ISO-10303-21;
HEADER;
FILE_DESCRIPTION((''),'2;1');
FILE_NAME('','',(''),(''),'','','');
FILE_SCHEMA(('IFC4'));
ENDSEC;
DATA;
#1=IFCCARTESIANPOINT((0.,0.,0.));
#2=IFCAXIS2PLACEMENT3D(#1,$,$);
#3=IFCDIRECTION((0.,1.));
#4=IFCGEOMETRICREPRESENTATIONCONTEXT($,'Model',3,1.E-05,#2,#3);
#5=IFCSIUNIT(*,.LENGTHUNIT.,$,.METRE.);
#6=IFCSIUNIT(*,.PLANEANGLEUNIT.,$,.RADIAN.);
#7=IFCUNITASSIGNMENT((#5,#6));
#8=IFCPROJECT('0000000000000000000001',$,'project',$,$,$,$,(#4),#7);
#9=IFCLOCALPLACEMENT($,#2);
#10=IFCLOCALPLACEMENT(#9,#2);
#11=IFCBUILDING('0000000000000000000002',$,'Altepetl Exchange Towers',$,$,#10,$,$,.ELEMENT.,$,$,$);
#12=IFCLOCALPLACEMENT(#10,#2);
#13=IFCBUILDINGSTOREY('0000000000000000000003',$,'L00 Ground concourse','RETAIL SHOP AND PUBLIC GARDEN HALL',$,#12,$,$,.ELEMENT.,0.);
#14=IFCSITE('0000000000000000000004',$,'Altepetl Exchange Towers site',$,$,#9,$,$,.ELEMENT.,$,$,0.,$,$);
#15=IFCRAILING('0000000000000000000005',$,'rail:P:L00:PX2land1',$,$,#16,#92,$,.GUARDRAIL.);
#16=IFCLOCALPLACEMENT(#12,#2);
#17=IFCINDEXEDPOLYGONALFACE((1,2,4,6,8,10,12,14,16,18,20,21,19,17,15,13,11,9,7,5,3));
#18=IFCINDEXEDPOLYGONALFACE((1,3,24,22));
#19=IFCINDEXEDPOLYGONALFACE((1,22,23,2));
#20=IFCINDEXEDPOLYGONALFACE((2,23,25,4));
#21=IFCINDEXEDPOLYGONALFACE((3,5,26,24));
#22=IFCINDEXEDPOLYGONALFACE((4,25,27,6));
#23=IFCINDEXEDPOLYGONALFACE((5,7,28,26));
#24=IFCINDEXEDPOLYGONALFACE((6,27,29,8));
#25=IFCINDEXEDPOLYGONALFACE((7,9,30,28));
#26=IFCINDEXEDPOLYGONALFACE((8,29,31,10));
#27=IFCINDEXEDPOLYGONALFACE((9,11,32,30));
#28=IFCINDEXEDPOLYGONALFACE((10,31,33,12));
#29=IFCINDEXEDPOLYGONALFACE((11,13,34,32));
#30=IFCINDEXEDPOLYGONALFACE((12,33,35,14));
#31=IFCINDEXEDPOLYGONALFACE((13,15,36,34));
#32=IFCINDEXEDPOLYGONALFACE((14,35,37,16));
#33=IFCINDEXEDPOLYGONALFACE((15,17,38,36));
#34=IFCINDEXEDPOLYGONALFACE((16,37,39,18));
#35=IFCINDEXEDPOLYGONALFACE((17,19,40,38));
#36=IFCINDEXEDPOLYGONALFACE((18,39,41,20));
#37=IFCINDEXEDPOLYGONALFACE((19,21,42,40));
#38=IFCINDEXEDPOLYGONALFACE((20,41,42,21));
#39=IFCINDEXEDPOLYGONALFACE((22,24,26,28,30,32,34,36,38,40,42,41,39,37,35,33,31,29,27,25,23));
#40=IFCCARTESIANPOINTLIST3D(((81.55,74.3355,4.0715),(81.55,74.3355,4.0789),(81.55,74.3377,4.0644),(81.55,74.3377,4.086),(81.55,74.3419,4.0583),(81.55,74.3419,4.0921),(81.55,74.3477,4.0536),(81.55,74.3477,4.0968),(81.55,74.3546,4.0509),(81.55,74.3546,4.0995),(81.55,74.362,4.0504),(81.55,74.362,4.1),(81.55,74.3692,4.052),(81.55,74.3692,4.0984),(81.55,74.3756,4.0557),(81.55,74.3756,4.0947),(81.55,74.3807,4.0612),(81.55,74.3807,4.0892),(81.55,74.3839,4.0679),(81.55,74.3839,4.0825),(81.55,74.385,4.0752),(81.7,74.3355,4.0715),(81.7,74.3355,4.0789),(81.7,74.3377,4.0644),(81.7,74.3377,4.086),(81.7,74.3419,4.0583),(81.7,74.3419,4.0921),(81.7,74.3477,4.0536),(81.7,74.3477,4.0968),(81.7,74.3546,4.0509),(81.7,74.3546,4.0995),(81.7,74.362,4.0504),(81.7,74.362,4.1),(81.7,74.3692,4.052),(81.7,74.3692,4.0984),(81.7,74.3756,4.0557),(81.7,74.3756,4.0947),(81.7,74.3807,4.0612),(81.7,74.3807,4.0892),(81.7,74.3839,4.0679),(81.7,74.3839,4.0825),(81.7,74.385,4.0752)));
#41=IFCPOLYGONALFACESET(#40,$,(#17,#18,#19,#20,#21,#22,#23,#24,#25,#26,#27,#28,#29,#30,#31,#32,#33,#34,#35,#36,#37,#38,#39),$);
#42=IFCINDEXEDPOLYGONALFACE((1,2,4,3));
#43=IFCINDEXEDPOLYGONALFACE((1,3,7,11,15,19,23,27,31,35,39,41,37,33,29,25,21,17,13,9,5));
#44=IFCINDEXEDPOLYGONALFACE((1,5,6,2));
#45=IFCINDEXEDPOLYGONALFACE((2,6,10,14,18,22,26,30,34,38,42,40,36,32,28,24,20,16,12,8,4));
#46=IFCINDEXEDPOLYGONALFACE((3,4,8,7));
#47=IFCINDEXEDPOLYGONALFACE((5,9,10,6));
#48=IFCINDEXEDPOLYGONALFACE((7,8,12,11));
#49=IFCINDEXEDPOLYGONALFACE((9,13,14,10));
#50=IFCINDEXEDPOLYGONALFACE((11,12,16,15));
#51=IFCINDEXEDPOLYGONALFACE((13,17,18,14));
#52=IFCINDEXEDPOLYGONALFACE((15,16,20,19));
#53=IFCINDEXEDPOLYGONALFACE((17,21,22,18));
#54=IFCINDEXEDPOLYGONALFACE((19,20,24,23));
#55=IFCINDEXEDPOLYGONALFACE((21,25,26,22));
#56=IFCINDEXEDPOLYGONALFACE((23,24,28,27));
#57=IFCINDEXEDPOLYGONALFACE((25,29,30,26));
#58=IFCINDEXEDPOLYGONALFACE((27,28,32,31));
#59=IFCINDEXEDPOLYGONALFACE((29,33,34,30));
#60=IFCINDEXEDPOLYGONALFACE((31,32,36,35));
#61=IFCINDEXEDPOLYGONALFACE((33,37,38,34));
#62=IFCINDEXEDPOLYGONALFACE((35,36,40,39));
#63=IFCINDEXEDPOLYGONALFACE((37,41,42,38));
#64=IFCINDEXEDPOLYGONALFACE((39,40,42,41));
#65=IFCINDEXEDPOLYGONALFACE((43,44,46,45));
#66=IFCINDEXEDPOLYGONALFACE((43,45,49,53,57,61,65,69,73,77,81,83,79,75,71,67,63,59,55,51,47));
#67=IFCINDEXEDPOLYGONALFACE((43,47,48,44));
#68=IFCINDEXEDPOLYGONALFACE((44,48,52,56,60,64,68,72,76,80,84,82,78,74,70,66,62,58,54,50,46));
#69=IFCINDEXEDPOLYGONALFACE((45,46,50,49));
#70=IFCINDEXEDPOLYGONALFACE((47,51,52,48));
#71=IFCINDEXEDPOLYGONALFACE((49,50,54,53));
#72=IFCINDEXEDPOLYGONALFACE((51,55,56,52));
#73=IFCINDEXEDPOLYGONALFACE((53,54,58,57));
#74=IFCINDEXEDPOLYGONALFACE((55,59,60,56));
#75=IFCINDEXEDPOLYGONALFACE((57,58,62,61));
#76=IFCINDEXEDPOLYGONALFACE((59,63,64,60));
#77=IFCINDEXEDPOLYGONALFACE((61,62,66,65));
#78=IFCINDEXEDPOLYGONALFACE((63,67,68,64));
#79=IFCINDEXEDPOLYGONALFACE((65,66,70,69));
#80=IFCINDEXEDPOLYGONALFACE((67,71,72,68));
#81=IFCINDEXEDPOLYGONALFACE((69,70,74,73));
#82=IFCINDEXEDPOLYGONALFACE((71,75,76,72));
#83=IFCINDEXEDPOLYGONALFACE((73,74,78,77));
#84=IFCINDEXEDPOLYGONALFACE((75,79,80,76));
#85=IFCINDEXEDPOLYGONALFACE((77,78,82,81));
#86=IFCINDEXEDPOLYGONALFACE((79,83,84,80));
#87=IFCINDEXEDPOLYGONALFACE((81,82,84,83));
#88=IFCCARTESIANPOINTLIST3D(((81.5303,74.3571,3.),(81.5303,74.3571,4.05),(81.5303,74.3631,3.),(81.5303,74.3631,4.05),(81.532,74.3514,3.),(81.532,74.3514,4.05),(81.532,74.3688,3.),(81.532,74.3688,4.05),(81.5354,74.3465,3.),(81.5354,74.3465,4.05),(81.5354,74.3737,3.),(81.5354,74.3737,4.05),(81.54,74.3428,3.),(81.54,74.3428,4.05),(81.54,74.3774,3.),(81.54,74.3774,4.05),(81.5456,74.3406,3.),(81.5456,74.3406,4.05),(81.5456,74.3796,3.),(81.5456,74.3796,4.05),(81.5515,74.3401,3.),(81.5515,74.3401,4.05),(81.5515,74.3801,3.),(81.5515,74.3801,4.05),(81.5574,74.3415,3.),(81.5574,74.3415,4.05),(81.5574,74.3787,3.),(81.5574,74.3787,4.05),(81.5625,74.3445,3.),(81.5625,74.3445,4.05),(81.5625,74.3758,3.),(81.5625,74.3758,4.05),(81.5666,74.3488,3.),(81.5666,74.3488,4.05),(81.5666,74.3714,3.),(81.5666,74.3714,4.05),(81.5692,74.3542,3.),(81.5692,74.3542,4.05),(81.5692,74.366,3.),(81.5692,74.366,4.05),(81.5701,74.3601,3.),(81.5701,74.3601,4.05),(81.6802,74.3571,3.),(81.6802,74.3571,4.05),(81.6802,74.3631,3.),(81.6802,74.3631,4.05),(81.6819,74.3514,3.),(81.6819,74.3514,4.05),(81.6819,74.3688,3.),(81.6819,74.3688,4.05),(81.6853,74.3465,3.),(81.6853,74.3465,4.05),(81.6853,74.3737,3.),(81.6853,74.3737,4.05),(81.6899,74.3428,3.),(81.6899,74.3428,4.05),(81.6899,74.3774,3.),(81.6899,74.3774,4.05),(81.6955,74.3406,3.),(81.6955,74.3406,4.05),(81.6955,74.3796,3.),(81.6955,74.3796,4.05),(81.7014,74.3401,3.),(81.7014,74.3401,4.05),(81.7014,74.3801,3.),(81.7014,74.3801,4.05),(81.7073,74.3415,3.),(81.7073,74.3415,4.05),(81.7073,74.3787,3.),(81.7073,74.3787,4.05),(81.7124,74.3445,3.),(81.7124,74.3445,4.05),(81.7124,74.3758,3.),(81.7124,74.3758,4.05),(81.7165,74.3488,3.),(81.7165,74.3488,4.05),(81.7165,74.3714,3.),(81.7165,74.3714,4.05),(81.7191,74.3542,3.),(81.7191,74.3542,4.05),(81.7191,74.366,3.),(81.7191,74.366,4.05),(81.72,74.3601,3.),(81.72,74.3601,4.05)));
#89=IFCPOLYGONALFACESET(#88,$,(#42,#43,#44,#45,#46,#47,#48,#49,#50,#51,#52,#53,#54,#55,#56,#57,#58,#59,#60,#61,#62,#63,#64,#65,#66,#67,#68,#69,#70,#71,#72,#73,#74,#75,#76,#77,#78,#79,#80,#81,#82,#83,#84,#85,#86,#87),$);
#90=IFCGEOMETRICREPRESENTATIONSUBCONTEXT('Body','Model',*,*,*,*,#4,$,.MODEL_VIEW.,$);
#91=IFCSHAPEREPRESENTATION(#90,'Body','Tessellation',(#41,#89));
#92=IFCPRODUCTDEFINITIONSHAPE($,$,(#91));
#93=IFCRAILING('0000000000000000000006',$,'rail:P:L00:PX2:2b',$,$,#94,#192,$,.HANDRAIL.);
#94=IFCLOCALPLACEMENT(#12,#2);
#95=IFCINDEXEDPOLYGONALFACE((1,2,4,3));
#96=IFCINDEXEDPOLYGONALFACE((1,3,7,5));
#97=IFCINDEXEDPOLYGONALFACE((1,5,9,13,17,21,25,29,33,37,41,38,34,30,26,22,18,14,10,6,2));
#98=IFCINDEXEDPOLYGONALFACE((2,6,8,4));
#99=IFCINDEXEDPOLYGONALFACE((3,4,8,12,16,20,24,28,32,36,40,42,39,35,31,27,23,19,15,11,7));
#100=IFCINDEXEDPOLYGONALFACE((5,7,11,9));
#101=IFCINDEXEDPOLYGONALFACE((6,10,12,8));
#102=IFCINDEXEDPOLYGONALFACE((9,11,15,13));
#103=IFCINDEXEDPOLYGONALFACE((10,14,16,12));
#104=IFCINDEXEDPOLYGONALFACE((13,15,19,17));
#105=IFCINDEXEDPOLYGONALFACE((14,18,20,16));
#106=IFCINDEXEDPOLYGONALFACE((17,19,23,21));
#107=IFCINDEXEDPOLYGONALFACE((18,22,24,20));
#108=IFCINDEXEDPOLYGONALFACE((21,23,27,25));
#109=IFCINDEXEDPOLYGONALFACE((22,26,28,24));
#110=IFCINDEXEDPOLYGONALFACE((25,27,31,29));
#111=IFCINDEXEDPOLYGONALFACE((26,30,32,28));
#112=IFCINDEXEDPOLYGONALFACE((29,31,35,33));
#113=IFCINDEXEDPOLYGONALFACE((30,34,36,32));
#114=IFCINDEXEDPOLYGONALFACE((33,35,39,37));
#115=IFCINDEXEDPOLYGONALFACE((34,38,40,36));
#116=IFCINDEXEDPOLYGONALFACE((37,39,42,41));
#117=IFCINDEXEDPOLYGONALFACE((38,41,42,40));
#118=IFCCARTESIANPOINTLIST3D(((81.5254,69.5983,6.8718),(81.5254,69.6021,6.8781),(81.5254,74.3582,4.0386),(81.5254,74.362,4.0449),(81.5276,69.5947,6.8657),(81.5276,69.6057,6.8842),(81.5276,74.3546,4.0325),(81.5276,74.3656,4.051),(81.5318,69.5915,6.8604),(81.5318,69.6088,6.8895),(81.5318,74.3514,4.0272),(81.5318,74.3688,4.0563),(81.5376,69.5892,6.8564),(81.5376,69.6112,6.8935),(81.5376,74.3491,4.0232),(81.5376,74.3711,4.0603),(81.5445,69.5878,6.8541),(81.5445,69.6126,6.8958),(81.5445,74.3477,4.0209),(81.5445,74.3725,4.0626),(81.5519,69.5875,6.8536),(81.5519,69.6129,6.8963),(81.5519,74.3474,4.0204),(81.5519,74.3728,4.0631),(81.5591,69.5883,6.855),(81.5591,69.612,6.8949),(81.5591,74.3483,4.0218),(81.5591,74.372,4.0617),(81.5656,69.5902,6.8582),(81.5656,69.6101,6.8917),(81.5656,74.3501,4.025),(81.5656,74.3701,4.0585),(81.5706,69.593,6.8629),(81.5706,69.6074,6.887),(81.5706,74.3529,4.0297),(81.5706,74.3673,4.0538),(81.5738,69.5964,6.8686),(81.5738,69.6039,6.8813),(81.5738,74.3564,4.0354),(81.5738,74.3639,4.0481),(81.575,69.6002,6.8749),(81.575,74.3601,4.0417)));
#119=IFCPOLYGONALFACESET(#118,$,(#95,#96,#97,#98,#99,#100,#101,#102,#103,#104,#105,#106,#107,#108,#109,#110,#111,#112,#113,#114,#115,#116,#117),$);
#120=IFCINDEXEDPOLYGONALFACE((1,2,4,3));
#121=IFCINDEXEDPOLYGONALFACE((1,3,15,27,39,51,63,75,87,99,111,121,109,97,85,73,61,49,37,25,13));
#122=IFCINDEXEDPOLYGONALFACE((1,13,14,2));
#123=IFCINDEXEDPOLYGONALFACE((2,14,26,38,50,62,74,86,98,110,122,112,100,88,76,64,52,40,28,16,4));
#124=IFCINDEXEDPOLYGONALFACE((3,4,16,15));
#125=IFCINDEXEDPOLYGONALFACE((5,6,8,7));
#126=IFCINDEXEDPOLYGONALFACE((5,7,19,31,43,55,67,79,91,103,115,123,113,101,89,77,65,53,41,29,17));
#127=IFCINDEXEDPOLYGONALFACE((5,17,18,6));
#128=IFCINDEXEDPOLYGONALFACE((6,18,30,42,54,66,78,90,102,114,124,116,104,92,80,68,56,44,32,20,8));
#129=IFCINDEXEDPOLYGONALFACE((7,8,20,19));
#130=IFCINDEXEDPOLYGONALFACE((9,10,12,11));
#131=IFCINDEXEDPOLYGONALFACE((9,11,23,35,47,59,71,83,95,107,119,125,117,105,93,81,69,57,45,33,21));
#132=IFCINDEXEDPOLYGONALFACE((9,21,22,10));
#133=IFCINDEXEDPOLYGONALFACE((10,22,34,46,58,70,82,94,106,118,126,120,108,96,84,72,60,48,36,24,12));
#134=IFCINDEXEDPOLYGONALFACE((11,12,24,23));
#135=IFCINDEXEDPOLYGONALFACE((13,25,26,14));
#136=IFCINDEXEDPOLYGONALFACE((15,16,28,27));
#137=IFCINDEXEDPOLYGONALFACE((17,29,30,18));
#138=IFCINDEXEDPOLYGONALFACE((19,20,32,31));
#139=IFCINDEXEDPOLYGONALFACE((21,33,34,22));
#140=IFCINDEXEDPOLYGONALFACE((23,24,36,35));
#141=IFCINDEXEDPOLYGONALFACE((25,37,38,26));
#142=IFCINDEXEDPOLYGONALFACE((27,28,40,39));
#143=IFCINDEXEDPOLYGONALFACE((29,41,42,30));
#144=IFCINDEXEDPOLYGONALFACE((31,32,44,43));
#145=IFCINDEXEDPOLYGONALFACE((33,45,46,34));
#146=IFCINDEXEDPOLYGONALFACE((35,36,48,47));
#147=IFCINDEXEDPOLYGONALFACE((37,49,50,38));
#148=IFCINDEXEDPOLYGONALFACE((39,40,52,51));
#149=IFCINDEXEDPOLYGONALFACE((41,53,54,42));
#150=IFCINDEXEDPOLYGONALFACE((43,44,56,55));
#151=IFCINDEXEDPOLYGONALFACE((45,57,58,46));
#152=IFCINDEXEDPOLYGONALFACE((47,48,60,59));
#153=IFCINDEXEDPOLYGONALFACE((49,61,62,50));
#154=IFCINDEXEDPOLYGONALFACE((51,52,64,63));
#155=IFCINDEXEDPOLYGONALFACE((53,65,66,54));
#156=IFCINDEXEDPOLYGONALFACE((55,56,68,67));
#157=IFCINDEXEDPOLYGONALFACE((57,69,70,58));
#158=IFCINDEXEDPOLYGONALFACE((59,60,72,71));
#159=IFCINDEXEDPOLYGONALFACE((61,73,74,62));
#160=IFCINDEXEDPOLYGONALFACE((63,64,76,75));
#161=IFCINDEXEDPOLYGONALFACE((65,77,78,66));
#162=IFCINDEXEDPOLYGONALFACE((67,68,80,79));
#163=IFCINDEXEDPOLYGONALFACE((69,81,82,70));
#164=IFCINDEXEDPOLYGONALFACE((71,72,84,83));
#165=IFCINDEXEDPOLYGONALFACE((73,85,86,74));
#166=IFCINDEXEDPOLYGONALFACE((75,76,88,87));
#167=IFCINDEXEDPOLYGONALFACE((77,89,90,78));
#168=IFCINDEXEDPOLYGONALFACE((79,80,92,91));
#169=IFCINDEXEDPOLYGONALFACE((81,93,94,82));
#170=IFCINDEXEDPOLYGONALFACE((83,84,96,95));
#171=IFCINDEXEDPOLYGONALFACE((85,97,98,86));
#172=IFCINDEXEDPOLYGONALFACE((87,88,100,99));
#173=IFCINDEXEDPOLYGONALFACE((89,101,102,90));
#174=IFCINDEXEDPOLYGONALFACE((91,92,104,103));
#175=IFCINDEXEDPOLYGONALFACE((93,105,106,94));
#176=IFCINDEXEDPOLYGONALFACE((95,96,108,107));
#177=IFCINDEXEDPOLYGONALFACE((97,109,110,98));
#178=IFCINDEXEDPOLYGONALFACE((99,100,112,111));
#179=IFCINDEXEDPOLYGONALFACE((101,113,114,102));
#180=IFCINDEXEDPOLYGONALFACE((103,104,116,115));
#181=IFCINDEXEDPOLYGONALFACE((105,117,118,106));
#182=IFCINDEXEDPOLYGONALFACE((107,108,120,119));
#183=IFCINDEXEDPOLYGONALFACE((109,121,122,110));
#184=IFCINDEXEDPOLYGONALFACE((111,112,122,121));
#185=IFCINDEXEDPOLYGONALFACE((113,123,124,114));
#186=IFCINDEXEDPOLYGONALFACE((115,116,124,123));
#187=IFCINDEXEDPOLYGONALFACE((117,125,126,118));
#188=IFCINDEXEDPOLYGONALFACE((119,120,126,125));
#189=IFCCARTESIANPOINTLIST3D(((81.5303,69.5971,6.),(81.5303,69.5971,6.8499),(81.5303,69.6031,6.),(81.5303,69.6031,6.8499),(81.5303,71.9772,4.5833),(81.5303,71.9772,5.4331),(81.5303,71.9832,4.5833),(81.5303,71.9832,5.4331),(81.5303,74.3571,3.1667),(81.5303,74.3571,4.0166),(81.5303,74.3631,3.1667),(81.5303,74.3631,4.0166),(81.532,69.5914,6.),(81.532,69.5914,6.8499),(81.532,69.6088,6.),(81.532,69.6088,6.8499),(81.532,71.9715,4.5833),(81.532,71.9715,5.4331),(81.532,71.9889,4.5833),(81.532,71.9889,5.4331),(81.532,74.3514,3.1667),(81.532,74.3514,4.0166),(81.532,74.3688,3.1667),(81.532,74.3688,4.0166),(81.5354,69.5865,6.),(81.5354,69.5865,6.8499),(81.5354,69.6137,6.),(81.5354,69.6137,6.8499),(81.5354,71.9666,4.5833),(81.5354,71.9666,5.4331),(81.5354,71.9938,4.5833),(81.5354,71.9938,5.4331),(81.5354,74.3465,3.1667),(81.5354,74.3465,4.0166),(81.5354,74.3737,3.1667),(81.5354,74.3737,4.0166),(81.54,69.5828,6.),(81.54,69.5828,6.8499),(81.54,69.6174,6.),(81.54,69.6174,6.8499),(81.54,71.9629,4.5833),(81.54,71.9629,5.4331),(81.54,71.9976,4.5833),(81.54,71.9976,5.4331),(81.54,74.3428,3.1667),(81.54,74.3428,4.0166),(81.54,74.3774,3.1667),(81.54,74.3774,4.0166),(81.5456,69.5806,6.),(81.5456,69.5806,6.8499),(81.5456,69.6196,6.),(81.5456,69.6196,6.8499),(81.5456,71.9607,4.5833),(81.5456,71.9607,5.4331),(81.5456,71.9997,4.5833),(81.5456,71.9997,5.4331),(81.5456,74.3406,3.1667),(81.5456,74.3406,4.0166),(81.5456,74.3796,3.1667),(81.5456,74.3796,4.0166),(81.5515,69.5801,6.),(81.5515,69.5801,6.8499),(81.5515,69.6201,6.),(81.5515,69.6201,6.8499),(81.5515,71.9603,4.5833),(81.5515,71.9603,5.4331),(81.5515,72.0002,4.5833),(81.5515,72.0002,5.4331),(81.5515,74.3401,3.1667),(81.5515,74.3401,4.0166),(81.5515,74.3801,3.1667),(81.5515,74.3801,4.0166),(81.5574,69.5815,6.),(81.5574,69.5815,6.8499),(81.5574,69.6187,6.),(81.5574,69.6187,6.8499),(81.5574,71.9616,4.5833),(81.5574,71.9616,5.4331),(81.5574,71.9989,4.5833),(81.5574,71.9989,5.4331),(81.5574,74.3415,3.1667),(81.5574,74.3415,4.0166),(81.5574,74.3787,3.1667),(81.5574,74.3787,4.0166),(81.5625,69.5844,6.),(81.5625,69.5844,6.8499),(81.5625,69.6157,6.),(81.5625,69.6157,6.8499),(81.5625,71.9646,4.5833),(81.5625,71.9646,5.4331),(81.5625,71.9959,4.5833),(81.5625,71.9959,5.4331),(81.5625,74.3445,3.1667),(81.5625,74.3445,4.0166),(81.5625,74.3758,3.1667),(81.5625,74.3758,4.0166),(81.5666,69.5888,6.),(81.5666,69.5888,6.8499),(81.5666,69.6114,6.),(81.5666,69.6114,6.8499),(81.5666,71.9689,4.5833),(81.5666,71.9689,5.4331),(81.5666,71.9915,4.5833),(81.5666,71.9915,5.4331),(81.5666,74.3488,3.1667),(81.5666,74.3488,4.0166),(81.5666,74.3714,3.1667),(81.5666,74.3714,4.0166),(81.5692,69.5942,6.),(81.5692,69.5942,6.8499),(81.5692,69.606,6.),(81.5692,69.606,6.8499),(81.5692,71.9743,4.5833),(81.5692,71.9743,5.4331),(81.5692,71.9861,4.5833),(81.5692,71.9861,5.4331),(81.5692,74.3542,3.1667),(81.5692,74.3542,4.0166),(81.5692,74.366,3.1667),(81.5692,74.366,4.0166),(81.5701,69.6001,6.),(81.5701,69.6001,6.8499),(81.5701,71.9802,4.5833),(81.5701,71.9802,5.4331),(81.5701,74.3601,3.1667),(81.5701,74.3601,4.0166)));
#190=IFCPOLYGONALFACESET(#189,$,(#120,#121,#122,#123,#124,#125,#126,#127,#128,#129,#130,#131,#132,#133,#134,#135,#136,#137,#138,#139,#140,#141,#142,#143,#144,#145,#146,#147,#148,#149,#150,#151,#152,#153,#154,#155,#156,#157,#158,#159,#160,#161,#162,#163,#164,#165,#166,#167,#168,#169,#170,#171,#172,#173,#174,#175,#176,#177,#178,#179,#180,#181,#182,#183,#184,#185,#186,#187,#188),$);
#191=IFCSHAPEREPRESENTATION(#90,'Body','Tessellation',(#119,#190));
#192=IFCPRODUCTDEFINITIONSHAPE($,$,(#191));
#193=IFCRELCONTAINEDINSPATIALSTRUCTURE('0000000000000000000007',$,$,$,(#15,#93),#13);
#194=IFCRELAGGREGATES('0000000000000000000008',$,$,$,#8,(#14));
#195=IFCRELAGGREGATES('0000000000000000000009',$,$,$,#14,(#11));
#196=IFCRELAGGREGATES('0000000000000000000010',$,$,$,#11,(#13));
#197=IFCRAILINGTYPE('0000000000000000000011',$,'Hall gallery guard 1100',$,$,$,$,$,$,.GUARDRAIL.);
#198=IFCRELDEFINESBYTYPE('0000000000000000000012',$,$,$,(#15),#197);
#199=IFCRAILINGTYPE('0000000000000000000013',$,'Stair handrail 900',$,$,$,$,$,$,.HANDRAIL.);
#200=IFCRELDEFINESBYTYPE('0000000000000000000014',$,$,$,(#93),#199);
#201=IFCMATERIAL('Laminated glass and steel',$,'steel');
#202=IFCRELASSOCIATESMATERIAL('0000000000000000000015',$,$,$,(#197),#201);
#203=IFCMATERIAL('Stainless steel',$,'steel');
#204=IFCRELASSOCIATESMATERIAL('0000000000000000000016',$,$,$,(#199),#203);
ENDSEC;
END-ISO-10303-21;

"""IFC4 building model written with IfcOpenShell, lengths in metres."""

from ifc_helpers import new_model, si_unit, direction, frame, origin, origin_2d, place, context, subcontext, project, spatial, circle, extrude, source, transform, mapped, material, type_object, element, save


model = new_model("IFC4")

# Units and contexts
model_context = context("Model", 3, precision=1e-05, world=origin(), true_north=direction((0.0, 1.0)))
body_context = subcontext(model_context, "Body", "Model", "MODEL_VIEW")
ifc_project = project(units=[si_unit("LENGTHUNIT", "METRE"), si_unit("PLANEANGLEUNIT", "RADIAN")], contexts=[model_context])

# Site, building, storey
site_placement = place(None, origin())
site = spatial("IfcSite", under=ifc_project, at=site_placement, Name="Altepetl Exchange Towers site", CompositionType="ELEMENT", RefElevation=0.0)
building_placement = place(site_placement, origin())
building = spatial("IfcBuilding", under=site, at=building_placement, Name="Altepetl Exchange Towers", CompositionType="ELEMENT")
storey_placement = place(building_placement, origin())
storey = spatial("IfcBuildingStorey", under=building, at=storey_placement, Name="L00 Ground concourse", Description="RETAIL SHOP AND PUBLIC GARDEN HALL", CompositionType="ELEMENT", Elevation=0.0)

# Railings
ifc_material_1 = material(Name="Laminated glass and steel", Category="steel")
railing_type_1 = type_object("IfcRailingType", Name="Hall gallery guard 1100", PredefinedType="GUARDRAIL", material=ifc_material_1)
shared_shape_1 = source(origin(), body_context, "Body", "SweptSolid", [
    extrude(circle(Radius=0.02, at=origin_2d()), origin(), (0.0, 0.0, 1.0), 1.05),
])
railing_1_placement = place(storey_placement, frame((81.55, 74.3601, 3.0)))
element("IfcRailing", 1, at=railing_1_placement, inside=storey, type_object=railing_type_1, Name="rail:P:L00:PX2land1", PredefinedType="GUARDRAIL", context=body_context, shape_type="SweptSolid", body=[
    extrude(circle(Radius=0.0249, at=origin_2d()), frame((0.0, 0.0, 1.0752), z_axis=(1.0, 0.0, 0.0), x_axis=(0.0, 1.0, 0.0)), (0.0, 0.0, 1.0), 0.1499),
    mapped(shared_shape_1, transform((0.0, 0.0, 0.0))),
    mapped(shared_shape_1, transform((0.1499, 0.0, 0.0))),
])
ifc_material_2 = material(Name="Stainless steel", Category="steel")
railing_type_2 = type_object("IfcRailingType", Name="Stair handrail 900", PredefinedType="HANDRAIL", material=ifc_material_2)
shared_shape_2 = source(origin(), body_context, "Body", "SweptSolid", [
    extrude(circle(Radius=0.02, at=origin_2d()), origin(), (0.0, 0.0, 1.0), 0.8499),
])
railing_2_placement = place(storey_placement, frame((81.55, 74.3601, 3.1667)))
element("IfcRailing", 2, at=railing_2_placement, inside=storey, type_object=railing_type_2, Name="rail:P:L00:PX2:2b", PredefinedType="HANDRAIL", context=body_context, shape_type="SweptSolid", body=[
    extrude(circle(Radius=0.0249, at=origin_2d()), frame((0.0, 0.0, 0.875), z_axis=(0.0, -0.8593, 0.511472), x_axis=(1.0, 0.0, 0.0)), (0.0, 0.0, 1.0), 5.5393),
    mapped(shared_shape_2, transform((0.0, 0.0, 0.0))),
    mapped(shared_shape_2, transform((0.0, -2.3799, 1.4165))),
    mapped(shared_shape_2, transform((0.0, -4.76, 2.8333))),
])

save(model, "model.ifc")
